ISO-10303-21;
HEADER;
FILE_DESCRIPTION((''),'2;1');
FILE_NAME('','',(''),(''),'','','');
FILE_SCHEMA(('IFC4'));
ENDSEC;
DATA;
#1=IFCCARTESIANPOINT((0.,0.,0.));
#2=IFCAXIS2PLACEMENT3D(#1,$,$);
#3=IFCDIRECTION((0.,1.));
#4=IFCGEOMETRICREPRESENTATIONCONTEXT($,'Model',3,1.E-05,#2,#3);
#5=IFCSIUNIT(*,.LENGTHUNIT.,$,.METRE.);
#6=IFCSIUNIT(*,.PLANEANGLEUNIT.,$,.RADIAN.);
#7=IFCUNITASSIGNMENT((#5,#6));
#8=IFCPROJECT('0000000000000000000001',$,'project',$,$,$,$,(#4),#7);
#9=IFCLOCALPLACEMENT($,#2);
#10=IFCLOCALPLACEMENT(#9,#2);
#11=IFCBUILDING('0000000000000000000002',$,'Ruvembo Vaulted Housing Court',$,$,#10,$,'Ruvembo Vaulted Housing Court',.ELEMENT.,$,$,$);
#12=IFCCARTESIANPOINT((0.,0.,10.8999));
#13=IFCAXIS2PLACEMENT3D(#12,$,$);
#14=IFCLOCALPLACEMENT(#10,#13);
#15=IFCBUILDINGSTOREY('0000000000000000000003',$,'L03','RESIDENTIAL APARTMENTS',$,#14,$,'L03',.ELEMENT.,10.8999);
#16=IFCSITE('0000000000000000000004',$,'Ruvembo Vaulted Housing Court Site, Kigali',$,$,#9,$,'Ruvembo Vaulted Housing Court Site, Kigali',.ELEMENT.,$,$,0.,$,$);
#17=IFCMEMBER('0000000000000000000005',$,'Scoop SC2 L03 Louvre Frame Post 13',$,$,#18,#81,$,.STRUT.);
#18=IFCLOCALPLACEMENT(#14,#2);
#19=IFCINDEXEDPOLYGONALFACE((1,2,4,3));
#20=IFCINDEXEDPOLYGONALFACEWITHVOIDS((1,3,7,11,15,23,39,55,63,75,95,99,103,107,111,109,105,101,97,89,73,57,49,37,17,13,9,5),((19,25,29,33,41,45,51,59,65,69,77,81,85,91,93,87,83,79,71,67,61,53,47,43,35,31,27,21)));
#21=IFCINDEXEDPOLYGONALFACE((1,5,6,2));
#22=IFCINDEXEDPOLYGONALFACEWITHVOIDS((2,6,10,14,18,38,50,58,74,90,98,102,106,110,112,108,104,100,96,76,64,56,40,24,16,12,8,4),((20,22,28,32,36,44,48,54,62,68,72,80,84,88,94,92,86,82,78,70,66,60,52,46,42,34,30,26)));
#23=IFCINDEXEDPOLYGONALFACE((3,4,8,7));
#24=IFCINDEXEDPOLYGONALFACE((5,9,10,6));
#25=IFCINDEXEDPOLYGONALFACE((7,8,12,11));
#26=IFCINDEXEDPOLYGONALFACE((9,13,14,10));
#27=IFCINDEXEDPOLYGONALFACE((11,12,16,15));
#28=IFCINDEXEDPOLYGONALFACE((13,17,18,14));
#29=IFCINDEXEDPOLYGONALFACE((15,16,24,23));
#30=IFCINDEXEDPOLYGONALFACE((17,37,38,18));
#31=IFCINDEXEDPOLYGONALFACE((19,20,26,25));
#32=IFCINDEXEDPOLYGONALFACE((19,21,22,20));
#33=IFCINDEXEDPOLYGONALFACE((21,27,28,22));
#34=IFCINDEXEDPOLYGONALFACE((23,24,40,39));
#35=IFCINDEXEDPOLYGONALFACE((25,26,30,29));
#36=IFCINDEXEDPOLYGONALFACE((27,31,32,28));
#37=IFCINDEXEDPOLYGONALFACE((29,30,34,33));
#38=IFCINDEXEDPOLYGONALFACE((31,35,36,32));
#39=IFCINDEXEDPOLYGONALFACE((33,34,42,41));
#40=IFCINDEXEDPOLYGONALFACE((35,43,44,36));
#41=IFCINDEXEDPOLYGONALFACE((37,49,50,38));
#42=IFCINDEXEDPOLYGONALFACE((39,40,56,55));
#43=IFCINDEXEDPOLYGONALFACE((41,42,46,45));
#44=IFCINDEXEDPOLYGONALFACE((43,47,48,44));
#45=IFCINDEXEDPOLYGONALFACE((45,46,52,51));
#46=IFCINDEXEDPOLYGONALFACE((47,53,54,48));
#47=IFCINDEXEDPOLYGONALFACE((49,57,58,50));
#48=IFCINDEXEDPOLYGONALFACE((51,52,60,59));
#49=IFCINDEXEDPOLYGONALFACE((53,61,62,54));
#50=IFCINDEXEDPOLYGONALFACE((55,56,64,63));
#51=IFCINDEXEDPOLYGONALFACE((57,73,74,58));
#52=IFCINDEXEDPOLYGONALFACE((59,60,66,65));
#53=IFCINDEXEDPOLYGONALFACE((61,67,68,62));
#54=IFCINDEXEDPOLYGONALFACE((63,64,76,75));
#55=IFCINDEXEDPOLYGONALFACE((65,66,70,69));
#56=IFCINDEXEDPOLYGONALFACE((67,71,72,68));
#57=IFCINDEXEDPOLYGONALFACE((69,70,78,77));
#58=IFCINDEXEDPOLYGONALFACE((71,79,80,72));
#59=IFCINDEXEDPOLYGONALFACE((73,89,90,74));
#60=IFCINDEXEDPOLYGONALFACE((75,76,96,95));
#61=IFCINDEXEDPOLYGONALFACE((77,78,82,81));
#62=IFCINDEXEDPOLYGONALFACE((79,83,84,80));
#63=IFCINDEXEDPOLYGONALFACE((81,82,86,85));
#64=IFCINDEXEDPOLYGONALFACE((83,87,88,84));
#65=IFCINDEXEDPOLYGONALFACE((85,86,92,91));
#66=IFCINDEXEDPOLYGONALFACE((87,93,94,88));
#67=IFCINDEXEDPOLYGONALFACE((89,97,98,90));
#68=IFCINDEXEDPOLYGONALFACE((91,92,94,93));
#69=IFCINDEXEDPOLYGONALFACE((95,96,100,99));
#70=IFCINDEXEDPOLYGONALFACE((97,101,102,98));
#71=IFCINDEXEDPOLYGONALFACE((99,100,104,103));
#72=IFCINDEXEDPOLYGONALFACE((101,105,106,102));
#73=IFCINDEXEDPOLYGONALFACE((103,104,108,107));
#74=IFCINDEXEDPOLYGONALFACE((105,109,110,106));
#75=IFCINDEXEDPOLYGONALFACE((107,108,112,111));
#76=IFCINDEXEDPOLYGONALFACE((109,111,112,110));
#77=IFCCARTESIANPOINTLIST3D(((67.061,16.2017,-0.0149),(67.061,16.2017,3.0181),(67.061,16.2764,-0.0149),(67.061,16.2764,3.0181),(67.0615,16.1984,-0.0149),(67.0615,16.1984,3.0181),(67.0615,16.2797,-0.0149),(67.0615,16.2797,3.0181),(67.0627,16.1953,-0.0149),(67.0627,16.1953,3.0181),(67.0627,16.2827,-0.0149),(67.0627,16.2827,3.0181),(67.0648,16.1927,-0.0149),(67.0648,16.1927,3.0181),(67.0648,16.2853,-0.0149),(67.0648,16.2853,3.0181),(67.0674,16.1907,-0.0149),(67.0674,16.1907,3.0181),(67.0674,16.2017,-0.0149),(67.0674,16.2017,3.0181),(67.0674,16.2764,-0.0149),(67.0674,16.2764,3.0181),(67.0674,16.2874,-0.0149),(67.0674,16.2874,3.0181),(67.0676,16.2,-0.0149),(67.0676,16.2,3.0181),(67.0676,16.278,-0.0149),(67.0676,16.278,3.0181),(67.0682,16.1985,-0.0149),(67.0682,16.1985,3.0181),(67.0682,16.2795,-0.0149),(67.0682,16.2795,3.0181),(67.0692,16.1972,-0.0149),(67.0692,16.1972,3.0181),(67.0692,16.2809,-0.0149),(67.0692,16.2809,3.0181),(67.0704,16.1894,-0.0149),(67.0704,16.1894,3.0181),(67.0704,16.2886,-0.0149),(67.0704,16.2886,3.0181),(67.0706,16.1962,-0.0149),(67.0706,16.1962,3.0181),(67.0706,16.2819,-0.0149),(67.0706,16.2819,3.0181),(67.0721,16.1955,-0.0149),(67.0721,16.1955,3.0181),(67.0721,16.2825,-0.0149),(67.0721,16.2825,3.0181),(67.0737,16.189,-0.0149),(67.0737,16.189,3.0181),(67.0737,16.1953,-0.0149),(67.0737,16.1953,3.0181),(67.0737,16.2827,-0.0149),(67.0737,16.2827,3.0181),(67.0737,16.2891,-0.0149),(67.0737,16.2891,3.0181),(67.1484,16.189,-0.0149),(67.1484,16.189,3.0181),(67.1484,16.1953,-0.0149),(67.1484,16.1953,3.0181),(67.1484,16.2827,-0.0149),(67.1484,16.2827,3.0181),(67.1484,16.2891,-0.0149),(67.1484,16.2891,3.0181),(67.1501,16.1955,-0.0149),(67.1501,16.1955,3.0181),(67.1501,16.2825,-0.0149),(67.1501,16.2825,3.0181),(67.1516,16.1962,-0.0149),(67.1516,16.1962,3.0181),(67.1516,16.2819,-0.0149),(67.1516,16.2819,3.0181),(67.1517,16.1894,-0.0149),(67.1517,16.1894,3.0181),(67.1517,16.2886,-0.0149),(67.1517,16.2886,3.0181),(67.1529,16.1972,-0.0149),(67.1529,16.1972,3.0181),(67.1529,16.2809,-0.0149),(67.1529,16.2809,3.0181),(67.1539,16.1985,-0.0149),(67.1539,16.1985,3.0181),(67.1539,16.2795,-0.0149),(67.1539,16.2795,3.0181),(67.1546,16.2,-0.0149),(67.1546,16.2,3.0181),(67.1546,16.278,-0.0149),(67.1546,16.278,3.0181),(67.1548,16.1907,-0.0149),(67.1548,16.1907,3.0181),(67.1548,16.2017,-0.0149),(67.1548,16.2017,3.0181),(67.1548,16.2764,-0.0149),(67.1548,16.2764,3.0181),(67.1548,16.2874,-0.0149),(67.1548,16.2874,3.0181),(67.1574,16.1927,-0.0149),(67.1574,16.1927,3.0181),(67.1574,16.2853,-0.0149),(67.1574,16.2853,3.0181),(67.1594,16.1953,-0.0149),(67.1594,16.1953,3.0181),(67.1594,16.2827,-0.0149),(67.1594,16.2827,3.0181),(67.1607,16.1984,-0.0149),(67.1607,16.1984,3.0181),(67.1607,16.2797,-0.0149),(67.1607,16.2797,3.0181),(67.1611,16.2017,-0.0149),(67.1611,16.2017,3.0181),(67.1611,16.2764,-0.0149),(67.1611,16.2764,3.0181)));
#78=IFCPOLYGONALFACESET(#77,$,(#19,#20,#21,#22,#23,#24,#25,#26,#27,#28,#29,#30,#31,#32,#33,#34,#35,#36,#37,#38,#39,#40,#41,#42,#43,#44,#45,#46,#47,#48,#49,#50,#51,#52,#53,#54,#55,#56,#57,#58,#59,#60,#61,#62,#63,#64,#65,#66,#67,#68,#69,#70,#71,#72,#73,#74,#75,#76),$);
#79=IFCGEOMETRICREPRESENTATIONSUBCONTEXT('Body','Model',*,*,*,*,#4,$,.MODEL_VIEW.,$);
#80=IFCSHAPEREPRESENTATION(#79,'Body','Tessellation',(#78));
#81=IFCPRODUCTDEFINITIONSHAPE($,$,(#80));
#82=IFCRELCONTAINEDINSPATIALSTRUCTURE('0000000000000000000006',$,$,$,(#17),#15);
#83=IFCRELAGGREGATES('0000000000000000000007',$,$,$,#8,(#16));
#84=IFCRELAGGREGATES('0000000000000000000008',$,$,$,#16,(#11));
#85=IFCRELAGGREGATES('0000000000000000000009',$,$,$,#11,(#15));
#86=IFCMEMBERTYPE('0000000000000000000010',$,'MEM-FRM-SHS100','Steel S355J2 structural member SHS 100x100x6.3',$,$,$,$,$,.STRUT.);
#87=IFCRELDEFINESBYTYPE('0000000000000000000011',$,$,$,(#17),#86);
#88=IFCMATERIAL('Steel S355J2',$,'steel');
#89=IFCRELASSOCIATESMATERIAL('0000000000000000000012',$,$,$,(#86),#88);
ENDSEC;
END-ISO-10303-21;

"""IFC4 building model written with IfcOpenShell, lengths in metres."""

from ifc_helpers import new_model, si_unit, direction, frame, origin, origin_2d, place, context, subcontext, project, spatial, hollow_rectangle, extrude, material, material_profile, profile_set, type_object, element, save


model = new_model("IFC4")

# Units and contexts
model_context = context("Model", 3, precision=1e-05, world=origin(), true_north=direction((0.0, 1.0)))
body_context = subcontext(model_context, "Body", "Model", "MODEL_VIEW")
ifc_project = project(units=[si_unit("LENGTHUNIT", "METRE"), si_unit("PLANEANGLEUNIT", "RADIAN")], contexts=[model_context])

# Site, building, storey
site_placement = place(None, origin())
site = spatial("IfcSite", under=ifc_project, at=site_placement, Name="Ruvembo Vaulted Housing Court Site, Kigali", LongName="Ruvembo Vaulted Housing Court Site, Kigali", CompositionType="ELEMENT", RefElevation=0.0)
building_placement = place(site_placement, origin())
building = spatial("IfcBuilding", under=site, at=building_placement, Name="Ruvembo Vaulted Housing Court", LongName="Ruvembo Vaulted Housing Court", CompositionType="ELEMENT")
storey_placement = place(building_placement, frame((0.0, 0.0, 10.8999)))
storey = spatial("IfcBuildingStorey", under=building, at=storey_placement, Name="L03", Description="RESIDENTIAL APARTMENTS", LongName="L03", CompositionType="ELEMENT", Elevation=10.8999)

# Shared definitions
ifc_material_1 = material(Name="Steel S355J2", Category="steel")

# Member
ifc_material_profile_1 = material_profile(ifc_material_1, hollow_rectangle(XDim=0.1001, YDim=0.1001, WallThickness=0.0063, InnerFilletRadius=0.0063, OuterFilletRadius=0.0127, at=origin_2d()), Name="SHS 100x100x6.3")
ifc_profile_set_1 = profile_set([ifc_material_profile_1], Name="Steel S355J2")
member_type_1 = type_object("IfcMemberType", Name="MEM-FRM-SHS100", Description="Steel S355J2 structural member SHS 100x100x6.3", PredefinedType="STRUT", material=ifc_profile_set_1)
for number, where, z_axis, x_axis, name in (
    (1, (67.1111, 16.239, -0.0149), (0.0, 0.0, 1.0), (1.0, 0.0, 0.0), "Scoop SC2 L03 Louvre Frame Post 13"),
):
    element("IfcMember", number, at=place(storey_placement, frame(where, z_axis=z_axis, x_axis=x_axis)), inside=storey, type_object=member_type_1, Name=name, PredefinedType="STRUT", context=body_context, shape_type="SweptSolid", body=[
        extrude(hollow_rectangle(XDim=0.1001, YDim=0.1001, WallThickness=0.0063, InnerFilletRadius=0.0063, OuterFilletRadius=0.0127, at=origin_2d()), origin(), (0.0, 0.0, 1.0), 3.033),
    ])

save(model, "model.ifc")
